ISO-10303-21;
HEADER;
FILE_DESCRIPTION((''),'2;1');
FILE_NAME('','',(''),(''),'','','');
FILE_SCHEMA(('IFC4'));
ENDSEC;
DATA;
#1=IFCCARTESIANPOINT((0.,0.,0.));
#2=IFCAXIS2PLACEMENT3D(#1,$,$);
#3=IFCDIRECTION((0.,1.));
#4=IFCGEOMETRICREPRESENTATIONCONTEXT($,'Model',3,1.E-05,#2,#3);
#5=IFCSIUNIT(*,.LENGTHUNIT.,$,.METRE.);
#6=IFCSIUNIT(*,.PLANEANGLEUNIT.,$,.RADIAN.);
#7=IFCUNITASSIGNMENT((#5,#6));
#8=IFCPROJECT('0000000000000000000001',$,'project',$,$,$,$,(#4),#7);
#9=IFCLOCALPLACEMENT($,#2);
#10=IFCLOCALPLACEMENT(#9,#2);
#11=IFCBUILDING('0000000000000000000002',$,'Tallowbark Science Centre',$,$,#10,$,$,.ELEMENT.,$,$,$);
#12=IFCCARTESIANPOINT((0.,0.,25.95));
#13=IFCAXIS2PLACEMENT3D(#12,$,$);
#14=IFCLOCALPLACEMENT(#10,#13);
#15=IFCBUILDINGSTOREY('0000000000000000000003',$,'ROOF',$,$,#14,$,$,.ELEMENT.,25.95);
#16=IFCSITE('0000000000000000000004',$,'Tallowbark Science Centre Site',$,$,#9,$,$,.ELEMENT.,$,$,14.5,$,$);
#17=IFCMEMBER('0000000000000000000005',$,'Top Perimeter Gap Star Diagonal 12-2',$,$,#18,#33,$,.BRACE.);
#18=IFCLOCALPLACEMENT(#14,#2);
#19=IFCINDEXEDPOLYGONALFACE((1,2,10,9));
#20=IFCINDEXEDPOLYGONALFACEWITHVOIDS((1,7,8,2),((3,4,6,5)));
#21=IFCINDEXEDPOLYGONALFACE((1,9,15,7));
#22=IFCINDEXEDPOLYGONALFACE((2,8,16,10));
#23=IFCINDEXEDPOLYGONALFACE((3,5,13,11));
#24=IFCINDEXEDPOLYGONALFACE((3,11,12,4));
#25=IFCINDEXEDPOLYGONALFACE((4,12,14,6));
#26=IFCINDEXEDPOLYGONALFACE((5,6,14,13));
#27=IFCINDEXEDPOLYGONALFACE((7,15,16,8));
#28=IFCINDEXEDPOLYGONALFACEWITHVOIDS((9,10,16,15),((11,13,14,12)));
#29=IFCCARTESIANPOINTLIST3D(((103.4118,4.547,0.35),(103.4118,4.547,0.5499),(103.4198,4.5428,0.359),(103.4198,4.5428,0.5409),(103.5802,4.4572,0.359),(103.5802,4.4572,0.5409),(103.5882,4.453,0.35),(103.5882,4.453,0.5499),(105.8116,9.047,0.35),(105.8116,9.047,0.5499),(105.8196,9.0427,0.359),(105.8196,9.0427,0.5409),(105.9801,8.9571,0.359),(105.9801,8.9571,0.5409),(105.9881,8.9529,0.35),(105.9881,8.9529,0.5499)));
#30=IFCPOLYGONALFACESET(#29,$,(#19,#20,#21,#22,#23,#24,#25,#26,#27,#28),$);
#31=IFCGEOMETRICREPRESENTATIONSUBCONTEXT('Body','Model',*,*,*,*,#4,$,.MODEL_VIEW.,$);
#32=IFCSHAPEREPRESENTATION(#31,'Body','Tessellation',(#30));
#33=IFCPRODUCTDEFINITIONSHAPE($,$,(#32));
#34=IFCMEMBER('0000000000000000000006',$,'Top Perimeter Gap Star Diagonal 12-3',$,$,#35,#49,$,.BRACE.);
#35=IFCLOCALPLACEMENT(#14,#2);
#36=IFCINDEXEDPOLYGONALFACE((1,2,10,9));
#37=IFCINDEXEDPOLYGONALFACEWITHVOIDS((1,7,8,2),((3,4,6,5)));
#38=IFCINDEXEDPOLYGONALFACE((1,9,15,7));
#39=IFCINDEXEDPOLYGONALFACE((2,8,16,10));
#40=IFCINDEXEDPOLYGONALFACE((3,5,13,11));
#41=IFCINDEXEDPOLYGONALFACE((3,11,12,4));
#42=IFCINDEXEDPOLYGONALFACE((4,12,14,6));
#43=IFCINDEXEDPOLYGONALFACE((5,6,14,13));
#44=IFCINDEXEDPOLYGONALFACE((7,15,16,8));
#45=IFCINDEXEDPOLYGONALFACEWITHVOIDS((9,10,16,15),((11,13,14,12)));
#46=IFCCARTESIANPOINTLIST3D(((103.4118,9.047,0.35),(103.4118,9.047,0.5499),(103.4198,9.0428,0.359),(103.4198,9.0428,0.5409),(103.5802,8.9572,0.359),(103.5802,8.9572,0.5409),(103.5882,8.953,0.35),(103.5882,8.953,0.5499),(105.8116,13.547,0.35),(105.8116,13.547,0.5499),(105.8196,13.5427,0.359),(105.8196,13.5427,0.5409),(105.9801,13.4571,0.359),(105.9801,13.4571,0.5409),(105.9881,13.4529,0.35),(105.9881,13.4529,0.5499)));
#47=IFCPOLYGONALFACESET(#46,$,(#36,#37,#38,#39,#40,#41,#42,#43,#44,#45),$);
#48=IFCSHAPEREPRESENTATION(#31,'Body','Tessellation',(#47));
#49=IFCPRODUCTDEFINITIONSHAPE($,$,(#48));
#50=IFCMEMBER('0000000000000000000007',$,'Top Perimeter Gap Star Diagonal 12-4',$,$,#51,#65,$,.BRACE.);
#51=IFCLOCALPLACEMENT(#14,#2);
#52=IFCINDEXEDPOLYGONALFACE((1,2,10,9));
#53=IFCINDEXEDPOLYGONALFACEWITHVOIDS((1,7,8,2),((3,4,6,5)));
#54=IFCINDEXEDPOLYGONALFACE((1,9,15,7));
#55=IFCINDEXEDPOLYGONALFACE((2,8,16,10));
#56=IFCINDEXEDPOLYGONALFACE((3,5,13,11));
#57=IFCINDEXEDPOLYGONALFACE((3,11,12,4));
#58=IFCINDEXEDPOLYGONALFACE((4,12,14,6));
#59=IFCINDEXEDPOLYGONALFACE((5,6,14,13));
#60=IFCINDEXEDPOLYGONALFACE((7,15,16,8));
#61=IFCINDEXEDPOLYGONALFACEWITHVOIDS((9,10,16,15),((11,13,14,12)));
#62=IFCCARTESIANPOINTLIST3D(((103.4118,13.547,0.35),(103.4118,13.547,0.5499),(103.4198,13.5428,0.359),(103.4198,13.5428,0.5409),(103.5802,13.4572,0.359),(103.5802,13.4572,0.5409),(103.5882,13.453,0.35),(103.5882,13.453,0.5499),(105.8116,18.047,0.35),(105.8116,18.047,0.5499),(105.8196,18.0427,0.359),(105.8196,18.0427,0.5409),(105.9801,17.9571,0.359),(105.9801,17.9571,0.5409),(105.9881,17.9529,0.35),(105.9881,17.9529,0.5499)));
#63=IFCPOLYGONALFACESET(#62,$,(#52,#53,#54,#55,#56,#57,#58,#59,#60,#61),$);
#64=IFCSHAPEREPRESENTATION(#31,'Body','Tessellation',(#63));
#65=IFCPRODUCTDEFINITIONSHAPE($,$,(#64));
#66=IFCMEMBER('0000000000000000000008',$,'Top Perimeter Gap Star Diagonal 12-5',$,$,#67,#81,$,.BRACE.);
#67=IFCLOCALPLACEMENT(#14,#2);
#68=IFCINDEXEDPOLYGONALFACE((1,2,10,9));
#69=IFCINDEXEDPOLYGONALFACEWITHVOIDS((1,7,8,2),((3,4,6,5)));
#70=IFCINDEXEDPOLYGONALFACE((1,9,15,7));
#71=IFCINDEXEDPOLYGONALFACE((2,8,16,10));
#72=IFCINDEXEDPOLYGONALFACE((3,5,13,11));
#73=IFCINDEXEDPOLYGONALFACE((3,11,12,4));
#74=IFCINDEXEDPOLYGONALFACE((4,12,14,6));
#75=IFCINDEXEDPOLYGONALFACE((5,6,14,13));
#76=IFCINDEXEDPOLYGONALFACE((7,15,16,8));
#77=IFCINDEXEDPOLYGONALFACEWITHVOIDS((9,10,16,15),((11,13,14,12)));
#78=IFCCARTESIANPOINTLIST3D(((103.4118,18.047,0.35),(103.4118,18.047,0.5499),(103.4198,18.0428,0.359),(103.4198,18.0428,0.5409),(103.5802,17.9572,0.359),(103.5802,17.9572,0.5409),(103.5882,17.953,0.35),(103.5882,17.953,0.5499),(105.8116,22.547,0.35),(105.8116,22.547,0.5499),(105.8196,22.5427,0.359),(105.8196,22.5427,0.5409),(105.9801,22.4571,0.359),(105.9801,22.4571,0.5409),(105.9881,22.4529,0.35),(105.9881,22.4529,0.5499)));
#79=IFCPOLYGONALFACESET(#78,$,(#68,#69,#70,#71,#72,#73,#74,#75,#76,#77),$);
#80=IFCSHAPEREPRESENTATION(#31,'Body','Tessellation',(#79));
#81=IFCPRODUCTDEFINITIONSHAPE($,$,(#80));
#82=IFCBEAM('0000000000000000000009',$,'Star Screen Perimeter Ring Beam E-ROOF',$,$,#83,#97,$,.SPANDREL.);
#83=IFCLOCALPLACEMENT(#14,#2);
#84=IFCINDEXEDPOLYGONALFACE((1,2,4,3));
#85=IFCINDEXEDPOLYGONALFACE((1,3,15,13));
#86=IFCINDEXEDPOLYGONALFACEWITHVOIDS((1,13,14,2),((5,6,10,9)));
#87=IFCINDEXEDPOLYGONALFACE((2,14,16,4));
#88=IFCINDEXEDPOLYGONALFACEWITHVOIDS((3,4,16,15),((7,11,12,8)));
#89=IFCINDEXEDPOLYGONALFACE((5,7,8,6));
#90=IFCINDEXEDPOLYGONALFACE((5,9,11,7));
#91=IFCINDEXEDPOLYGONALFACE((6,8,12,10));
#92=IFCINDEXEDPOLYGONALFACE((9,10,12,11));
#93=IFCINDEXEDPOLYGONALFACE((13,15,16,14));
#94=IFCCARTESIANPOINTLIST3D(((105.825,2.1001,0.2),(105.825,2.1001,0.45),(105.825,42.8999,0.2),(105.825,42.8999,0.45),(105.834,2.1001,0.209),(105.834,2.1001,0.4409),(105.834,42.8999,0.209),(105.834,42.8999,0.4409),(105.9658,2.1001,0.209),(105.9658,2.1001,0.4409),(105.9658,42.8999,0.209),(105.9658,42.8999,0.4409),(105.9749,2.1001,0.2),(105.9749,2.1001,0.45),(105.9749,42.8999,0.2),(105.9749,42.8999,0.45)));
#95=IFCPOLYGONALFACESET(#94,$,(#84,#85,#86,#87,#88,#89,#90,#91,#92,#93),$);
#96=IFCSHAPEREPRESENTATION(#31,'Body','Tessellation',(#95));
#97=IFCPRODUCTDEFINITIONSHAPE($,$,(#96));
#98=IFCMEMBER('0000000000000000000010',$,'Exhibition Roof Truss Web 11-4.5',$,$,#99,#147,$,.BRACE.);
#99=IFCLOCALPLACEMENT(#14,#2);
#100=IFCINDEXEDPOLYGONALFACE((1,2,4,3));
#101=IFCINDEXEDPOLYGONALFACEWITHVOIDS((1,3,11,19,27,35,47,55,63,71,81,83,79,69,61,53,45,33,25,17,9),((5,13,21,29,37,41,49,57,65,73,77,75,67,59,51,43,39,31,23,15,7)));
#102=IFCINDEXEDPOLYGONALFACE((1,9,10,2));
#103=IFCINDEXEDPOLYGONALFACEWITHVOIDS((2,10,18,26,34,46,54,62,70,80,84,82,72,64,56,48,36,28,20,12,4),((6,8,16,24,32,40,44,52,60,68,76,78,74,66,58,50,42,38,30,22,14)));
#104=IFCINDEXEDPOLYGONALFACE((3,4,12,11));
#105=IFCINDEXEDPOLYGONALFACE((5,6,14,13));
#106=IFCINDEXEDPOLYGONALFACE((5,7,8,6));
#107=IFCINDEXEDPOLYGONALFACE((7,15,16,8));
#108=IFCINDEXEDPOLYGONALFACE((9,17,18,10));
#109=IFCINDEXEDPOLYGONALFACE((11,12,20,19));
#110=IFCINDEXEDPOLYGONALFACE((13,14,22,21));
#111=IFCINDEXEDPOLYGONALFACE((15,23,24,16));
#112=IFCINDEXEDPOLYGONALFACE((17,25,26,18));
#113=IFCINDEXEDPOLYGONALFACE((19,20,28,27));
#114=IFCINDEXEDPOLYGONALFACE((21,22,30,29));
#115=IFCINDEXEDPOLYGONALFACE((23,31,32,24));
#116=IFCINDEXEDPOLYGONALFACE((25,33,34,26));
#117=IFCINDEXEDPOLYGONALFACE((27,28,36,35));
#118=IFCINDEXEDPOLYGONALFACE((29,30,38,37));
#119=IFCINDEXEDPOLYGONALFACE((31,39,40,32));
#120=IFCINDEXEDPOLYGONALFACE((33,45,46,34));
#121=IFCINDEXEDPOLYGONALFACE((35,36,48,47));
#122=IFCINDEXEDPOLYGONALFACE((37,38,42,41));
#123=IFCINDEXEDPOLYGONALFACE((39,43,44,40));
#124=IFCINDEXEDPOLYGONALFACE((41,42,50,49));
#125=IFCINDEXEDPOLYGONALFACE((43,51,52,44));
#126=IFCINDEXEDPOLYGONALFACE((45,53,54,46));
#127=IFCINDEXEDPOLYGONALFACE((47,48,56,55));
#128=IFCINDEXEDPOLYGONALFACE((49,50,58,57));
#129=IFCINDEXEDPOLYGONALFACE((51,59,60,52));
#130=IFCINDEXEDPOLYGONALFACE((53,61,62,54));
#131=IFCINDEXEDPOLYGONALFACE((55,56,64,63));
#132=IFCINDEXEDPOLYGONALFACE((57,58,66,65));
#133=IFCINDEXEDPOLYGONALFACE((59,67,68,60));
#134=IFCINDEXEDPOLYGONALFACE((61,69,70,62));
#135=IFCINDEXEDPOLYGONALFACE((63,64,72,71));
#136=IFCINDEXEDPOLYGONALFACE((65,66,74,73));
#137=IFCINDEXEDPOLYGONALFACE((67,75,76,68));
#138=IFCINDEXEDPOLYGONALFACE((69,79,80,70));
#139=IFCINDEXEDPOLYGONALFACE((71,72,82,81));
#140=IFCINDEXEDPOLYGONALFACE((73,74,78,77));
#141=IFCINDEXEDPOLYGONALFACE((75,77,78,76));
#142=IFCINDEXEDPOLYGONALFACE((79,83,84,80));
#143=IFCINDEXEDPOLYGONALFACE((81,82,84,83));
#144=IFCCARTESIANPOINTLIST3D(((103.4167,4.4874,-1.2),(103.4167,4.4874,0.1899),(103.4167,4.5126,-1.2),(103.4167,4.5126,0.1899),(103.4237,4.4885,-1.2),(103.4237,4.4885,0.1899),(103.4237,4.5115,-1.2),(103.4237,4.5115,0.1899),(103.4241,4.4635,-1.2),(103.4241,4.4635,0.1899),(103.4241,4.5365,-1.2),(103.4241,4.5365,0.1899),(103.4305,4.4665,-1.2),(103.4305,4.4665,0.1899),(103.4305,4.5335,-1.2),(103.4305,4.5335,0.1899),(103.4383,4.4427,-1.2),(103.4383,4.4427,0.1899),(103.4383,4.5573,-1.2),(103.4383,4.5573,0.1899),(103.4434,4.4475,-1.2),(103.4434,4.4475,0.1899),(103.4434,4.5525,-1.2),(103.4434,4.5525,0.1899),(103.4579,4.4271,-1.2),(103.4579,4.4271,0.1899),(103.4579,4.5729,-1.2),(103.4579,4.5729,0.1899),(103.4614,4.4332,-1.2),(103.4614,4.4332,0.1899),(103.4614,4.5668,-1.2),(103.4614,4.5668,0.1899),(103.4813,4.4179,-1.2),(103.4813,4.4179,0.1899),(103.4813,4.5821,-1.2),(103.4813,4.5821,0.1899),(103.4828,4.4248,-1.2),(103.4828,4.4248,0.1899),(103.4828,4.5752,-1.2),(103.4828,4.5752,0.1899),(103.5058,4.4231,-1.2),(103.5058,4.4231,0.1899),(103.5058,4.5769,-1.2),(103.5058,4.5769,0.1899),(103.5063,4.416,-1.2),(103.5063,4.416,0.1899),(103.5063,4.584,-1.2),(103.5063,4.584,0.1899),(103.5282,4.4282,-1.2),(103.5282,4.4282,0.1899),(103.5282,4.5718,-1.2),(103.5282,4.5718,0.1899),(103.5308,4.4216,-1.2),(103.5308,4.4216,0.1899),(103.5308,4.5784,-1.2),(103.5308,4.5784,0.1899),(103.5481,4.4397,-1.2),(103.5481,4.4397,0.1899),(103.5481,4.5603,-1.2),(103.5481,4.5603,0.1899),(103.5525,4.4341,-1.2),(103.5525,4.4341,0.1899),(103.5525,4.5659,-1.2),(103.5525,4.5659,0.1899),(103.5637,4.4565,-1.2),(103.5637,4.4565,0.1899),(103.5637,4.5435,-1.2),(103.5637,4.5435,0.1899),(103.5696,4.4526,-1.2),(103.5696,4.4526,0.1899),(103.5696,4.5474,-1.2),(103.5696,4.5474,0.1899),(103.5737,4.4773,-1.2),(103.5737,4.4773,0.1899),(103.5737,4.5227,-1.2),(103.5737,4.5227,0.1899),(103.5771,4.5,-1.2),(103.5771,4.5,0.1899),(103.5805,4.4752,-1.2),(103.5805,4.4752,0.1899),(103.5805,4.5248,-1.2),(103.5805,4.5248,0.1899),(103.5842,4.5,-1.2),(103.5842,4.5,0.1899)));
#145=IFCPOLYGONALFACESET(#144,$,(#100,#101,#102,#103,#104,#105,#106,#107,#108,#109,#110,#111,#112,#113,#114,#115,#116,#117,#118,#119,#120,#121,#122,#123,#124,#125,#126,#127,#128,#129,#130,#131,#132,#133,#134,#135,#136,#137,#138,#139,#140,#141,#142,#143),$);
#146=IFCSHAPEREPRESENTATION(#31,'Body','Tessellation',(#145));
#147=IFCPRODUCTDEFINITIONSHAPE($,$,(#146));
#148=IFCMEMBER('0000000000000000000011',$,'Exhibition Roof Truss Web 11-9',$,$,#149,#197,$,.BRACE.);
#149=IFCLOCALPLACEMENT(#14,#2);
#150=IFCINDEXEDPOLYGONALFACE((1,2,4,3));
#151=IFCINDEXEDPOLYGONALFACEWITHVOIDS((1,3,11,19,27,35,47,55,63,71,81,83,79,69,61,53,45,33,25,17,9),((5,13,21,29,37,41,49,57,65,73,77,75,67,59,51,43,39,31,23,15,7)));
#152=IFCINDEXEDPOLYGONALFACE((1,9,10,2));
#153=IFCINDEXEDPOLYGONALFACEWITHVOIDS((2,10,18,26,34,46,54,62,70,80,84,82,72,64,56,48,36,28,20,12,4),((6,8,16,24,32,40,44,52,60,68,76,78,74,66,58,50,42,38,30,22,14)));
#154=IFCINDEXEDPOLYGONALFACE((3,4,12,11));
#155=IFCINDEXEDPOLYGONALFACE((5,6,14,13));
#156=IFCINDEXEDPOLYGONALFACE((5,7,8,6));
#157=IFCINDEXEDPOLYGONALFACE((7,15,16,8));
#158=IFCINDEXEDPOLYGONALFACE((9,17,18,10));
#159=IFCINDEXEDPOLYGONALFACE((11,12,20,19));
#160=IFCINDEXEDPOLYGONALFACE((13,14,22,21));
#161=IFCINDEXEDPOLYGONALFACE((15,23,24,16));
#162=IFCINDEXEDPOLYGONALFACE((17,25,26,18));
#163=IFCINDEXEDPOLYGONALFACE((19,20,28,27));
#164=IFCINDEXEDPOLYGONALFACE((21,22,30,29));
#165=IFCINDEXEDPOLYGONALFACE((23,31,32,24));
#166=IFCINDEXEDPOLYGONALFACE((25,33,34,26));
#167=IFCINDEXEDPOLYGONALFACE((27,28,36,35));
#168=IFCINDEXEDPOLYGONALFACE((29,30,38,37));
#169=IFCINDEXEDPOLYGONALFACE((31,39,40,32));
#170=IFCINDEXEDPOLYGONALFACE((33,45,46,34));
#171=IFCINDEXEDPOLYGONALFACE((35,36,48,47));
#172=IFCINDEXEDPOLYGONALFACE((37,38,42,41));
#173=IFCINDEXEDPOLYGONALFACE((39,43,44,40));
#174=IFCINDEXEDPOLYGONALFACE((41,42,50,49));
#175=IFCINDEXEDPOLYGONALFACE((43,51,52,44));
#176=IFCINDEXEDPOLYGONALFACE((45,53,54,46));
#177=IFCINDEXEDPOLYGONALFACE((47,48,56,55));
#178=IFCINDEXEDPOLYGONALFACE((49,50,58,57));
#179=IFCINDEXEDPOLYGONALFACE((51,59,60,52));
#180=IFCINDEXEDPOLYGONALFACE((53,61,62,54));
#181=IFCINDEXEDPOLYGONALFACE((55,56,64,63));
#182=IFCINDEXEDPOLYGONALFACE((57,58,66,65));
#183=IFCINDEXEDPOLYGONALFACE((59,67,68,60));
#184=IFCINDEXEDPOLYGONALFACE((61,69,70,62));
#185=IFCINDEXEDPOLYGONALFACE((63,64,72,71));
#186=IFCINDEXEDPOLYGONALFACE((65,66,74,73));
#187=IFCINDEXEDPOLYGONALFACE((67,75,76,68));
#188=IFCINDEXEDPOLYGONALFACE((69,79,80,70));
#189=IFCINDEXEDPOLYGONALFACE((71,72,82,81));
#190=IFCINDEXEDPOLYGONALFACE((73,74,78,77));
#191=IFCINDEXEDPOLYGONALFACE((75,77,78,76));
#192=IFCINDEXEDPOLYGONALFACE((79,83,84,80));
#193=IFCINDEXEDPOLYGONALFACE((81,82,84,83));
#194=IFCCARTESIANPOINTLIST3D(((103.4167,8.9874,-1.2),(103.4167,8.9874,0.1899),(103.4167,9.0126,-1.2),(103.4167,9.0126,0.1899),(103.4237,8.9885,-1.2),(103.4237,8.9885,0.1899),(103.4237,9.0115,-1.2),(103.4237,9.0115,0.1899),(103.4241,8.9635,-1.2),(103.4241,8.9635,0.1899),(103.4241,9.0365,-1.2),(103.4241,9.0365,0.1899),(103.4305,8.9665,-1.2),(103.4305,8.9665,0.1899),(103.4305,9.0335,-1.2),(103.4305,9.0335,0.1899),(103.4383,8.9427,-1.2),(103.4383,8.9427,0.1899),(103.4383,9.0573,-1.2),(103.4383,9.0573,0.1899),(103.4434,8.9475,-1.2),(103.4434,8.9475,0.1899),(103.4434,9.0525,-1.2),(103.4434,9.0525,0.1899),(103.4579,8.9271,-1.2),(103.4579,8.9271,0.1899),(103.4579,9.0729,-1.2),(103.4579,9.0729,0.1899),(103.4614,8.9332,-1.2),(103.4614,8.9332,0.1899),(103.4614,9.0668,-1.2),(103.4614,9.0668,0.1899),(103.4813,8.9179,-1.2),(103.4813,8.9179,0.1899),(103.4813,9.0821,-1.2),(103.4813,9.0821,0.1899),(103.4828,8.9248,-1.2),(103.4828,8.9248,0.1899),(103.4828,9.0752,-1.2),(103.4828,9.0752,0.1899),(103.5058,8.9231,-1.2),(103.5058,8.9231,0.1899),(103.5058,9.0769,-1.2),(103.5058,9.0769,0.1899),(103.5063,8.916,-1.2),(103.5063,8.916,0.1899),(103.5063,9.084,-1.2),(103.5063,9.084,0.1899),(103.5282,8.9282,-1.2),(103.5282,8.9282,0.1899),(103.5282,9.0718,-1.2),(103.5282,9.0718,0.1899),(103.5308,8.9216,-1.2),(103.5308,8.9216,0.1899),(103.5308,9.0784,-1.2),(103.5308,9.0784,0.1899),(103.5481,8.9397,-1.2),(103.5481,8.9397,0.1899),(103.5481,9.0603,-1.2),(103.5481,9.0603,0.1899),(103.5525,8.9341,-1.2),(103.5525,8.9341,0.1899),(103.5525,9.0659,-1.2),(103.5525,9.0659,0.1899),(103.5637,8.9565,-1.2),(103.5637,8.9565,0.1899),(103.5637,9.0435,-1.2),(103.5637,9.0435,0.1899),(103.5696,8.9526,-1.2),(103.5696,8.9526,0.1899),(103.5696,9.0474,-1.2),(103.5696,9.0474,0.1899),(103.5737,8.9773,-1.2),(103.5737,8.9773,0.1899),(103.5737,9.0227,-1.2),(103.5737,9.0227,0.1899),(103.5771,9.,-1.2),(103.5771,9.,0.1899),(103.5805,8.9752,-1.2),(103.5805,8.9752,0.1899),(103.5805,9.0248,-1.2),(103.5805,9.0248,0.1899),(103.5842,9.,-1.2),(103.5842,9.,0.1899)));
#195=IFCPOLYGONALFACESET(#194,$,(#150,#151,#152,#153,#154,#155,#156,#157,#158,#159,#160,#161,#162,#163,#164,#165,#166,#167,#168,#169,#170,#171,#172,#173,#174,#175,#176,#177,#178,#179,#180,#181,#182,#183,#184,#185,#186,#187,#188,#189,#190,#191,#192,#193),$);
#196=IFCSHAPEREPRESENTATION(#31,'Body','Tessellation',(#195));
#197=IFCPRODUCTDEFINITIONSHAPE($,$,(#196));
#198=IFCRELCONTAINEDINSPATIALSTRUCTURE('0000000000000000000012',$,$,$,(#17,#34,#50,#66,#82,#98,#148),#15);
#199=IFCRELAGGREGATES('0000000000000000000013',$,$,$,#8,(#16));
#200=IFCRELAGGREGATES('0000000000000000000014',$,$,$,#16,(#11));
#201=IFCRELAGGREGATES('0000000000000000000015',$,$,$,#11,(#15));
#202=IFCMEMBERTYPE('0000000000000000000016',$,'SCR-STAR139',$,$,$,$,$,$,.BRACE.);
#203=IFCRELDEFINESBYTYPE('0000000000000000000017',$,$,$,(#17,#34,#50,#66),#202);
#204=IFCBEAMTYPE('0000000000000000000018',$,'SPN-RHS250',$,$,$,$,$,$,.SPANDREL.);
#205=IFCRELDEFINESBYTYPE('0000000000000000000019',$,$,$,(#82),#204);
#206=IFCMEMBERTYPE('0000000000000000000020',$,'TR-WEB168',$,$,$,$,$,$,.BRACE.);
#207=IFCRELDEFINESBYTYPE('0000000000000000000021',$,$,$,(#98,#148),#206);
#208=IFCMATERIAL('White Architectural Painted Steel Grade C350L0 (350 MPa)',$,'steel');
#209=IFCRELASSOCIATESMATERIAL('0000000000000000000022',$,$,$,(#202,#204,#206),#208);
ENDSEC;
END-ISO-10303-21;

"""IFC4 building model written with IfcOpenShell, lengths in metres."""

from ifc_helpers import new_model, si_unit, direction, frame, origin, origin_2d, place, context, subcontext, project, spatial, hollow_rectangle, hollow_circle, extrude, material, material_profile, profile_set, type_object, element, save


model = new_model("IFC4")

# Units and contexts
model_context = context("Model", 3, precision=1e-05, world=origin(), true_north=direction((0.0, 1.0)))
body_context = subcontext(model_context, "Body", "Model", "MODEL_VIEW")
ifc_project = project(units=[si_unit("LENGTHUNIT", "METRE"), si_unit("PLANEANGLEUNIT", "RADIAN")], contexts=[model_context])

# Site, building, storey
site_placement = place(None, origin())
site = spatial("IfcSite", under=ifc_project, at=site_placement, Name="Tallowbark Science Centre Site", CompositionType="ELEMENT", RefElevation=14.5)
building_placement = place(site_placement, origin())
building = spatial("IfcBuilding", under=site, at=building_placement, Name="Tallowbark Science Centre", CompositionType="ELEMENT")
storey_placement = place(building_placement, frame((0.0, 0.0, 25.95)))
storey = spatial("IfcBuildingStorey", under=building, at=storey_placement, Name="ROOF", CompositionType="ELEMENT", Elevation=25.95)

# Shared definitions
ifc_material_1 = material(Name="White Architectural Painted Steel Grade C350L0 (350 MPa)", Category="steel")

# Members
ifc_material_profile_1 = material_profile(ifc_material_1, hollow_rectangle(XDim=0.2, YDim=0.2, WallThickness=0.009, at=origin_2d()), Name="200x200x9.0SHS")
ifc_profile_set_1 = profile_set([ifc_material_profile_1], Name="White Architectural Painted Steel Grade C350L0 (350 MPa)")
member_type_1 = type_object("IfcMemberType", Name="SCR-STAR139", PredefinedType="BRACE", material=ifc_profile_set_1)
for number, where, z_axis, x_axis, name in (
    (1, (103.5, 4.5, 0.45), (0.470573, 0.882361, 0.0), (-0.882361, 0.470573, 0.0), "Top Perimeter Gap Star Diagonal 12-2"),
    (2, (103.5, 9.0, 0.45), (0.470573, 0.882361, 0.0), (-0.882361, 0.470573, 0.0), "Top Perimeter Gap Star Diagonal 12-3"),
    (3, (103.5, 13.5, 0.45), (0.470573, 0.882361, 0.0), (-0.882361, 0.470573, 0.0), "Top Perimeter Gap Star Diagonal 12-4"),
    (4, (103.5, 18.0, 0.45), (0.470573, 0.882361, 0.0), (-0.882361, 0.470573, 0.0), "Top Perimeter Gap Star Diagonal 12-5"),
):
    element("IfcMember", number, at=place(storey_placement, frame(where, z_axis=z_axis, x_axis=x_axis)), inside=storey, type_object=member_type_1, Name=name, PredefinedType="BRACE", context=body_context, shape_type="SweptSolid", body=[
        extrude(hollow_rectangle(XDim=0.2, YDim=0.2, WallThickness=0.009, at=origin_2d()), origin(), (0.0, 0.0, 1.0), 5.0999),
    ])

# Beam
ifc_material_profile_2 = material_profile(ifc_material_1, hollow_rectangle(XDim=0.1499, YDim=0.25, WallThickness=0.009, at=origin_2d()), Name="250x150x9.0RHS")
ifc_profile_set_2 = profile_set([ifc_material_profile_2], Name="White Architectural Painted Steel Grade C350L0 (350 MPa)")
beam_type_1 = type_object("IfcBeamType", Name="SPN-RHS250", PredefinedType="SPANDREL", material=ifc_profile_set_2)
beam_1_placement = place(storey_placement, frame((105.8999, 2.1001, 0.325), z_axis=(0.0, 1.0, 0.0), x_axis=(-1.0, 0.0, 0.0)))
element("IfcBeam", 5, at=beam_1_placement, inside=storey, type_object=beam_type_1, Name="Star Screen Perimeter Ring Beam E-ROOF", PredefinedType="SPANDREL", context=body_context, shape_type="SweptSolid", body=[
    extrude(hollow_rectangle(XDim=0.1499, YDim=0.25, WallThickness=0.009, at=origin_2d()), origin(), (0.0, 0.0, 1.0), 40.7998),
])

# Members
ifc_material_profile_3 = material_profile(ifc_material_1, hollow_circle(Radius=0.0842, WallThickness=0.0071, at=origin_2d()), Name="168.3x7.1CHS")
ifc_profile_set_3 = profile_set([ifc_material_profile_3], Name="White Architectural Painted Steel Grade C350L0 (350 MPa)")
member_type_2 = type_object("IfcMemberType", Name="TR-WEB168", PredefinedType="BRACE", material=ifc_profile_set_3)
for number, where, z_axis, x_axis, name in (
    (6, (103.5, 4.5, -1.2), (0.0, 0.0, 1.0), (1.0, 0.0, 0.0), "Exhibition Roof Truss Web 11-4.5"),
    (7, (103.5, 9.0, -1.2), (0.0, 0.0, 1.0), (1.0, 0.0, 0.0), "Exhibition Roof Truss Web 11-9"),
):
    element("IfcMember", number, at=place(storey_placement, frame(where, z_axis=z_axis, x_axis=x_axis)), inside=storey, type_object=member_type_2, Name=name, PredefinedType="BRACE", context=body_context, shape_type="SweptSolid", body=[
        extrude(hollow_circle(Radius=0.0842, WallThickness=0.0071, at=origin_2d()), origin(), (0.0, 0.0, 1.0), 1.3899),
    ])

save(model, "model.ifc")
